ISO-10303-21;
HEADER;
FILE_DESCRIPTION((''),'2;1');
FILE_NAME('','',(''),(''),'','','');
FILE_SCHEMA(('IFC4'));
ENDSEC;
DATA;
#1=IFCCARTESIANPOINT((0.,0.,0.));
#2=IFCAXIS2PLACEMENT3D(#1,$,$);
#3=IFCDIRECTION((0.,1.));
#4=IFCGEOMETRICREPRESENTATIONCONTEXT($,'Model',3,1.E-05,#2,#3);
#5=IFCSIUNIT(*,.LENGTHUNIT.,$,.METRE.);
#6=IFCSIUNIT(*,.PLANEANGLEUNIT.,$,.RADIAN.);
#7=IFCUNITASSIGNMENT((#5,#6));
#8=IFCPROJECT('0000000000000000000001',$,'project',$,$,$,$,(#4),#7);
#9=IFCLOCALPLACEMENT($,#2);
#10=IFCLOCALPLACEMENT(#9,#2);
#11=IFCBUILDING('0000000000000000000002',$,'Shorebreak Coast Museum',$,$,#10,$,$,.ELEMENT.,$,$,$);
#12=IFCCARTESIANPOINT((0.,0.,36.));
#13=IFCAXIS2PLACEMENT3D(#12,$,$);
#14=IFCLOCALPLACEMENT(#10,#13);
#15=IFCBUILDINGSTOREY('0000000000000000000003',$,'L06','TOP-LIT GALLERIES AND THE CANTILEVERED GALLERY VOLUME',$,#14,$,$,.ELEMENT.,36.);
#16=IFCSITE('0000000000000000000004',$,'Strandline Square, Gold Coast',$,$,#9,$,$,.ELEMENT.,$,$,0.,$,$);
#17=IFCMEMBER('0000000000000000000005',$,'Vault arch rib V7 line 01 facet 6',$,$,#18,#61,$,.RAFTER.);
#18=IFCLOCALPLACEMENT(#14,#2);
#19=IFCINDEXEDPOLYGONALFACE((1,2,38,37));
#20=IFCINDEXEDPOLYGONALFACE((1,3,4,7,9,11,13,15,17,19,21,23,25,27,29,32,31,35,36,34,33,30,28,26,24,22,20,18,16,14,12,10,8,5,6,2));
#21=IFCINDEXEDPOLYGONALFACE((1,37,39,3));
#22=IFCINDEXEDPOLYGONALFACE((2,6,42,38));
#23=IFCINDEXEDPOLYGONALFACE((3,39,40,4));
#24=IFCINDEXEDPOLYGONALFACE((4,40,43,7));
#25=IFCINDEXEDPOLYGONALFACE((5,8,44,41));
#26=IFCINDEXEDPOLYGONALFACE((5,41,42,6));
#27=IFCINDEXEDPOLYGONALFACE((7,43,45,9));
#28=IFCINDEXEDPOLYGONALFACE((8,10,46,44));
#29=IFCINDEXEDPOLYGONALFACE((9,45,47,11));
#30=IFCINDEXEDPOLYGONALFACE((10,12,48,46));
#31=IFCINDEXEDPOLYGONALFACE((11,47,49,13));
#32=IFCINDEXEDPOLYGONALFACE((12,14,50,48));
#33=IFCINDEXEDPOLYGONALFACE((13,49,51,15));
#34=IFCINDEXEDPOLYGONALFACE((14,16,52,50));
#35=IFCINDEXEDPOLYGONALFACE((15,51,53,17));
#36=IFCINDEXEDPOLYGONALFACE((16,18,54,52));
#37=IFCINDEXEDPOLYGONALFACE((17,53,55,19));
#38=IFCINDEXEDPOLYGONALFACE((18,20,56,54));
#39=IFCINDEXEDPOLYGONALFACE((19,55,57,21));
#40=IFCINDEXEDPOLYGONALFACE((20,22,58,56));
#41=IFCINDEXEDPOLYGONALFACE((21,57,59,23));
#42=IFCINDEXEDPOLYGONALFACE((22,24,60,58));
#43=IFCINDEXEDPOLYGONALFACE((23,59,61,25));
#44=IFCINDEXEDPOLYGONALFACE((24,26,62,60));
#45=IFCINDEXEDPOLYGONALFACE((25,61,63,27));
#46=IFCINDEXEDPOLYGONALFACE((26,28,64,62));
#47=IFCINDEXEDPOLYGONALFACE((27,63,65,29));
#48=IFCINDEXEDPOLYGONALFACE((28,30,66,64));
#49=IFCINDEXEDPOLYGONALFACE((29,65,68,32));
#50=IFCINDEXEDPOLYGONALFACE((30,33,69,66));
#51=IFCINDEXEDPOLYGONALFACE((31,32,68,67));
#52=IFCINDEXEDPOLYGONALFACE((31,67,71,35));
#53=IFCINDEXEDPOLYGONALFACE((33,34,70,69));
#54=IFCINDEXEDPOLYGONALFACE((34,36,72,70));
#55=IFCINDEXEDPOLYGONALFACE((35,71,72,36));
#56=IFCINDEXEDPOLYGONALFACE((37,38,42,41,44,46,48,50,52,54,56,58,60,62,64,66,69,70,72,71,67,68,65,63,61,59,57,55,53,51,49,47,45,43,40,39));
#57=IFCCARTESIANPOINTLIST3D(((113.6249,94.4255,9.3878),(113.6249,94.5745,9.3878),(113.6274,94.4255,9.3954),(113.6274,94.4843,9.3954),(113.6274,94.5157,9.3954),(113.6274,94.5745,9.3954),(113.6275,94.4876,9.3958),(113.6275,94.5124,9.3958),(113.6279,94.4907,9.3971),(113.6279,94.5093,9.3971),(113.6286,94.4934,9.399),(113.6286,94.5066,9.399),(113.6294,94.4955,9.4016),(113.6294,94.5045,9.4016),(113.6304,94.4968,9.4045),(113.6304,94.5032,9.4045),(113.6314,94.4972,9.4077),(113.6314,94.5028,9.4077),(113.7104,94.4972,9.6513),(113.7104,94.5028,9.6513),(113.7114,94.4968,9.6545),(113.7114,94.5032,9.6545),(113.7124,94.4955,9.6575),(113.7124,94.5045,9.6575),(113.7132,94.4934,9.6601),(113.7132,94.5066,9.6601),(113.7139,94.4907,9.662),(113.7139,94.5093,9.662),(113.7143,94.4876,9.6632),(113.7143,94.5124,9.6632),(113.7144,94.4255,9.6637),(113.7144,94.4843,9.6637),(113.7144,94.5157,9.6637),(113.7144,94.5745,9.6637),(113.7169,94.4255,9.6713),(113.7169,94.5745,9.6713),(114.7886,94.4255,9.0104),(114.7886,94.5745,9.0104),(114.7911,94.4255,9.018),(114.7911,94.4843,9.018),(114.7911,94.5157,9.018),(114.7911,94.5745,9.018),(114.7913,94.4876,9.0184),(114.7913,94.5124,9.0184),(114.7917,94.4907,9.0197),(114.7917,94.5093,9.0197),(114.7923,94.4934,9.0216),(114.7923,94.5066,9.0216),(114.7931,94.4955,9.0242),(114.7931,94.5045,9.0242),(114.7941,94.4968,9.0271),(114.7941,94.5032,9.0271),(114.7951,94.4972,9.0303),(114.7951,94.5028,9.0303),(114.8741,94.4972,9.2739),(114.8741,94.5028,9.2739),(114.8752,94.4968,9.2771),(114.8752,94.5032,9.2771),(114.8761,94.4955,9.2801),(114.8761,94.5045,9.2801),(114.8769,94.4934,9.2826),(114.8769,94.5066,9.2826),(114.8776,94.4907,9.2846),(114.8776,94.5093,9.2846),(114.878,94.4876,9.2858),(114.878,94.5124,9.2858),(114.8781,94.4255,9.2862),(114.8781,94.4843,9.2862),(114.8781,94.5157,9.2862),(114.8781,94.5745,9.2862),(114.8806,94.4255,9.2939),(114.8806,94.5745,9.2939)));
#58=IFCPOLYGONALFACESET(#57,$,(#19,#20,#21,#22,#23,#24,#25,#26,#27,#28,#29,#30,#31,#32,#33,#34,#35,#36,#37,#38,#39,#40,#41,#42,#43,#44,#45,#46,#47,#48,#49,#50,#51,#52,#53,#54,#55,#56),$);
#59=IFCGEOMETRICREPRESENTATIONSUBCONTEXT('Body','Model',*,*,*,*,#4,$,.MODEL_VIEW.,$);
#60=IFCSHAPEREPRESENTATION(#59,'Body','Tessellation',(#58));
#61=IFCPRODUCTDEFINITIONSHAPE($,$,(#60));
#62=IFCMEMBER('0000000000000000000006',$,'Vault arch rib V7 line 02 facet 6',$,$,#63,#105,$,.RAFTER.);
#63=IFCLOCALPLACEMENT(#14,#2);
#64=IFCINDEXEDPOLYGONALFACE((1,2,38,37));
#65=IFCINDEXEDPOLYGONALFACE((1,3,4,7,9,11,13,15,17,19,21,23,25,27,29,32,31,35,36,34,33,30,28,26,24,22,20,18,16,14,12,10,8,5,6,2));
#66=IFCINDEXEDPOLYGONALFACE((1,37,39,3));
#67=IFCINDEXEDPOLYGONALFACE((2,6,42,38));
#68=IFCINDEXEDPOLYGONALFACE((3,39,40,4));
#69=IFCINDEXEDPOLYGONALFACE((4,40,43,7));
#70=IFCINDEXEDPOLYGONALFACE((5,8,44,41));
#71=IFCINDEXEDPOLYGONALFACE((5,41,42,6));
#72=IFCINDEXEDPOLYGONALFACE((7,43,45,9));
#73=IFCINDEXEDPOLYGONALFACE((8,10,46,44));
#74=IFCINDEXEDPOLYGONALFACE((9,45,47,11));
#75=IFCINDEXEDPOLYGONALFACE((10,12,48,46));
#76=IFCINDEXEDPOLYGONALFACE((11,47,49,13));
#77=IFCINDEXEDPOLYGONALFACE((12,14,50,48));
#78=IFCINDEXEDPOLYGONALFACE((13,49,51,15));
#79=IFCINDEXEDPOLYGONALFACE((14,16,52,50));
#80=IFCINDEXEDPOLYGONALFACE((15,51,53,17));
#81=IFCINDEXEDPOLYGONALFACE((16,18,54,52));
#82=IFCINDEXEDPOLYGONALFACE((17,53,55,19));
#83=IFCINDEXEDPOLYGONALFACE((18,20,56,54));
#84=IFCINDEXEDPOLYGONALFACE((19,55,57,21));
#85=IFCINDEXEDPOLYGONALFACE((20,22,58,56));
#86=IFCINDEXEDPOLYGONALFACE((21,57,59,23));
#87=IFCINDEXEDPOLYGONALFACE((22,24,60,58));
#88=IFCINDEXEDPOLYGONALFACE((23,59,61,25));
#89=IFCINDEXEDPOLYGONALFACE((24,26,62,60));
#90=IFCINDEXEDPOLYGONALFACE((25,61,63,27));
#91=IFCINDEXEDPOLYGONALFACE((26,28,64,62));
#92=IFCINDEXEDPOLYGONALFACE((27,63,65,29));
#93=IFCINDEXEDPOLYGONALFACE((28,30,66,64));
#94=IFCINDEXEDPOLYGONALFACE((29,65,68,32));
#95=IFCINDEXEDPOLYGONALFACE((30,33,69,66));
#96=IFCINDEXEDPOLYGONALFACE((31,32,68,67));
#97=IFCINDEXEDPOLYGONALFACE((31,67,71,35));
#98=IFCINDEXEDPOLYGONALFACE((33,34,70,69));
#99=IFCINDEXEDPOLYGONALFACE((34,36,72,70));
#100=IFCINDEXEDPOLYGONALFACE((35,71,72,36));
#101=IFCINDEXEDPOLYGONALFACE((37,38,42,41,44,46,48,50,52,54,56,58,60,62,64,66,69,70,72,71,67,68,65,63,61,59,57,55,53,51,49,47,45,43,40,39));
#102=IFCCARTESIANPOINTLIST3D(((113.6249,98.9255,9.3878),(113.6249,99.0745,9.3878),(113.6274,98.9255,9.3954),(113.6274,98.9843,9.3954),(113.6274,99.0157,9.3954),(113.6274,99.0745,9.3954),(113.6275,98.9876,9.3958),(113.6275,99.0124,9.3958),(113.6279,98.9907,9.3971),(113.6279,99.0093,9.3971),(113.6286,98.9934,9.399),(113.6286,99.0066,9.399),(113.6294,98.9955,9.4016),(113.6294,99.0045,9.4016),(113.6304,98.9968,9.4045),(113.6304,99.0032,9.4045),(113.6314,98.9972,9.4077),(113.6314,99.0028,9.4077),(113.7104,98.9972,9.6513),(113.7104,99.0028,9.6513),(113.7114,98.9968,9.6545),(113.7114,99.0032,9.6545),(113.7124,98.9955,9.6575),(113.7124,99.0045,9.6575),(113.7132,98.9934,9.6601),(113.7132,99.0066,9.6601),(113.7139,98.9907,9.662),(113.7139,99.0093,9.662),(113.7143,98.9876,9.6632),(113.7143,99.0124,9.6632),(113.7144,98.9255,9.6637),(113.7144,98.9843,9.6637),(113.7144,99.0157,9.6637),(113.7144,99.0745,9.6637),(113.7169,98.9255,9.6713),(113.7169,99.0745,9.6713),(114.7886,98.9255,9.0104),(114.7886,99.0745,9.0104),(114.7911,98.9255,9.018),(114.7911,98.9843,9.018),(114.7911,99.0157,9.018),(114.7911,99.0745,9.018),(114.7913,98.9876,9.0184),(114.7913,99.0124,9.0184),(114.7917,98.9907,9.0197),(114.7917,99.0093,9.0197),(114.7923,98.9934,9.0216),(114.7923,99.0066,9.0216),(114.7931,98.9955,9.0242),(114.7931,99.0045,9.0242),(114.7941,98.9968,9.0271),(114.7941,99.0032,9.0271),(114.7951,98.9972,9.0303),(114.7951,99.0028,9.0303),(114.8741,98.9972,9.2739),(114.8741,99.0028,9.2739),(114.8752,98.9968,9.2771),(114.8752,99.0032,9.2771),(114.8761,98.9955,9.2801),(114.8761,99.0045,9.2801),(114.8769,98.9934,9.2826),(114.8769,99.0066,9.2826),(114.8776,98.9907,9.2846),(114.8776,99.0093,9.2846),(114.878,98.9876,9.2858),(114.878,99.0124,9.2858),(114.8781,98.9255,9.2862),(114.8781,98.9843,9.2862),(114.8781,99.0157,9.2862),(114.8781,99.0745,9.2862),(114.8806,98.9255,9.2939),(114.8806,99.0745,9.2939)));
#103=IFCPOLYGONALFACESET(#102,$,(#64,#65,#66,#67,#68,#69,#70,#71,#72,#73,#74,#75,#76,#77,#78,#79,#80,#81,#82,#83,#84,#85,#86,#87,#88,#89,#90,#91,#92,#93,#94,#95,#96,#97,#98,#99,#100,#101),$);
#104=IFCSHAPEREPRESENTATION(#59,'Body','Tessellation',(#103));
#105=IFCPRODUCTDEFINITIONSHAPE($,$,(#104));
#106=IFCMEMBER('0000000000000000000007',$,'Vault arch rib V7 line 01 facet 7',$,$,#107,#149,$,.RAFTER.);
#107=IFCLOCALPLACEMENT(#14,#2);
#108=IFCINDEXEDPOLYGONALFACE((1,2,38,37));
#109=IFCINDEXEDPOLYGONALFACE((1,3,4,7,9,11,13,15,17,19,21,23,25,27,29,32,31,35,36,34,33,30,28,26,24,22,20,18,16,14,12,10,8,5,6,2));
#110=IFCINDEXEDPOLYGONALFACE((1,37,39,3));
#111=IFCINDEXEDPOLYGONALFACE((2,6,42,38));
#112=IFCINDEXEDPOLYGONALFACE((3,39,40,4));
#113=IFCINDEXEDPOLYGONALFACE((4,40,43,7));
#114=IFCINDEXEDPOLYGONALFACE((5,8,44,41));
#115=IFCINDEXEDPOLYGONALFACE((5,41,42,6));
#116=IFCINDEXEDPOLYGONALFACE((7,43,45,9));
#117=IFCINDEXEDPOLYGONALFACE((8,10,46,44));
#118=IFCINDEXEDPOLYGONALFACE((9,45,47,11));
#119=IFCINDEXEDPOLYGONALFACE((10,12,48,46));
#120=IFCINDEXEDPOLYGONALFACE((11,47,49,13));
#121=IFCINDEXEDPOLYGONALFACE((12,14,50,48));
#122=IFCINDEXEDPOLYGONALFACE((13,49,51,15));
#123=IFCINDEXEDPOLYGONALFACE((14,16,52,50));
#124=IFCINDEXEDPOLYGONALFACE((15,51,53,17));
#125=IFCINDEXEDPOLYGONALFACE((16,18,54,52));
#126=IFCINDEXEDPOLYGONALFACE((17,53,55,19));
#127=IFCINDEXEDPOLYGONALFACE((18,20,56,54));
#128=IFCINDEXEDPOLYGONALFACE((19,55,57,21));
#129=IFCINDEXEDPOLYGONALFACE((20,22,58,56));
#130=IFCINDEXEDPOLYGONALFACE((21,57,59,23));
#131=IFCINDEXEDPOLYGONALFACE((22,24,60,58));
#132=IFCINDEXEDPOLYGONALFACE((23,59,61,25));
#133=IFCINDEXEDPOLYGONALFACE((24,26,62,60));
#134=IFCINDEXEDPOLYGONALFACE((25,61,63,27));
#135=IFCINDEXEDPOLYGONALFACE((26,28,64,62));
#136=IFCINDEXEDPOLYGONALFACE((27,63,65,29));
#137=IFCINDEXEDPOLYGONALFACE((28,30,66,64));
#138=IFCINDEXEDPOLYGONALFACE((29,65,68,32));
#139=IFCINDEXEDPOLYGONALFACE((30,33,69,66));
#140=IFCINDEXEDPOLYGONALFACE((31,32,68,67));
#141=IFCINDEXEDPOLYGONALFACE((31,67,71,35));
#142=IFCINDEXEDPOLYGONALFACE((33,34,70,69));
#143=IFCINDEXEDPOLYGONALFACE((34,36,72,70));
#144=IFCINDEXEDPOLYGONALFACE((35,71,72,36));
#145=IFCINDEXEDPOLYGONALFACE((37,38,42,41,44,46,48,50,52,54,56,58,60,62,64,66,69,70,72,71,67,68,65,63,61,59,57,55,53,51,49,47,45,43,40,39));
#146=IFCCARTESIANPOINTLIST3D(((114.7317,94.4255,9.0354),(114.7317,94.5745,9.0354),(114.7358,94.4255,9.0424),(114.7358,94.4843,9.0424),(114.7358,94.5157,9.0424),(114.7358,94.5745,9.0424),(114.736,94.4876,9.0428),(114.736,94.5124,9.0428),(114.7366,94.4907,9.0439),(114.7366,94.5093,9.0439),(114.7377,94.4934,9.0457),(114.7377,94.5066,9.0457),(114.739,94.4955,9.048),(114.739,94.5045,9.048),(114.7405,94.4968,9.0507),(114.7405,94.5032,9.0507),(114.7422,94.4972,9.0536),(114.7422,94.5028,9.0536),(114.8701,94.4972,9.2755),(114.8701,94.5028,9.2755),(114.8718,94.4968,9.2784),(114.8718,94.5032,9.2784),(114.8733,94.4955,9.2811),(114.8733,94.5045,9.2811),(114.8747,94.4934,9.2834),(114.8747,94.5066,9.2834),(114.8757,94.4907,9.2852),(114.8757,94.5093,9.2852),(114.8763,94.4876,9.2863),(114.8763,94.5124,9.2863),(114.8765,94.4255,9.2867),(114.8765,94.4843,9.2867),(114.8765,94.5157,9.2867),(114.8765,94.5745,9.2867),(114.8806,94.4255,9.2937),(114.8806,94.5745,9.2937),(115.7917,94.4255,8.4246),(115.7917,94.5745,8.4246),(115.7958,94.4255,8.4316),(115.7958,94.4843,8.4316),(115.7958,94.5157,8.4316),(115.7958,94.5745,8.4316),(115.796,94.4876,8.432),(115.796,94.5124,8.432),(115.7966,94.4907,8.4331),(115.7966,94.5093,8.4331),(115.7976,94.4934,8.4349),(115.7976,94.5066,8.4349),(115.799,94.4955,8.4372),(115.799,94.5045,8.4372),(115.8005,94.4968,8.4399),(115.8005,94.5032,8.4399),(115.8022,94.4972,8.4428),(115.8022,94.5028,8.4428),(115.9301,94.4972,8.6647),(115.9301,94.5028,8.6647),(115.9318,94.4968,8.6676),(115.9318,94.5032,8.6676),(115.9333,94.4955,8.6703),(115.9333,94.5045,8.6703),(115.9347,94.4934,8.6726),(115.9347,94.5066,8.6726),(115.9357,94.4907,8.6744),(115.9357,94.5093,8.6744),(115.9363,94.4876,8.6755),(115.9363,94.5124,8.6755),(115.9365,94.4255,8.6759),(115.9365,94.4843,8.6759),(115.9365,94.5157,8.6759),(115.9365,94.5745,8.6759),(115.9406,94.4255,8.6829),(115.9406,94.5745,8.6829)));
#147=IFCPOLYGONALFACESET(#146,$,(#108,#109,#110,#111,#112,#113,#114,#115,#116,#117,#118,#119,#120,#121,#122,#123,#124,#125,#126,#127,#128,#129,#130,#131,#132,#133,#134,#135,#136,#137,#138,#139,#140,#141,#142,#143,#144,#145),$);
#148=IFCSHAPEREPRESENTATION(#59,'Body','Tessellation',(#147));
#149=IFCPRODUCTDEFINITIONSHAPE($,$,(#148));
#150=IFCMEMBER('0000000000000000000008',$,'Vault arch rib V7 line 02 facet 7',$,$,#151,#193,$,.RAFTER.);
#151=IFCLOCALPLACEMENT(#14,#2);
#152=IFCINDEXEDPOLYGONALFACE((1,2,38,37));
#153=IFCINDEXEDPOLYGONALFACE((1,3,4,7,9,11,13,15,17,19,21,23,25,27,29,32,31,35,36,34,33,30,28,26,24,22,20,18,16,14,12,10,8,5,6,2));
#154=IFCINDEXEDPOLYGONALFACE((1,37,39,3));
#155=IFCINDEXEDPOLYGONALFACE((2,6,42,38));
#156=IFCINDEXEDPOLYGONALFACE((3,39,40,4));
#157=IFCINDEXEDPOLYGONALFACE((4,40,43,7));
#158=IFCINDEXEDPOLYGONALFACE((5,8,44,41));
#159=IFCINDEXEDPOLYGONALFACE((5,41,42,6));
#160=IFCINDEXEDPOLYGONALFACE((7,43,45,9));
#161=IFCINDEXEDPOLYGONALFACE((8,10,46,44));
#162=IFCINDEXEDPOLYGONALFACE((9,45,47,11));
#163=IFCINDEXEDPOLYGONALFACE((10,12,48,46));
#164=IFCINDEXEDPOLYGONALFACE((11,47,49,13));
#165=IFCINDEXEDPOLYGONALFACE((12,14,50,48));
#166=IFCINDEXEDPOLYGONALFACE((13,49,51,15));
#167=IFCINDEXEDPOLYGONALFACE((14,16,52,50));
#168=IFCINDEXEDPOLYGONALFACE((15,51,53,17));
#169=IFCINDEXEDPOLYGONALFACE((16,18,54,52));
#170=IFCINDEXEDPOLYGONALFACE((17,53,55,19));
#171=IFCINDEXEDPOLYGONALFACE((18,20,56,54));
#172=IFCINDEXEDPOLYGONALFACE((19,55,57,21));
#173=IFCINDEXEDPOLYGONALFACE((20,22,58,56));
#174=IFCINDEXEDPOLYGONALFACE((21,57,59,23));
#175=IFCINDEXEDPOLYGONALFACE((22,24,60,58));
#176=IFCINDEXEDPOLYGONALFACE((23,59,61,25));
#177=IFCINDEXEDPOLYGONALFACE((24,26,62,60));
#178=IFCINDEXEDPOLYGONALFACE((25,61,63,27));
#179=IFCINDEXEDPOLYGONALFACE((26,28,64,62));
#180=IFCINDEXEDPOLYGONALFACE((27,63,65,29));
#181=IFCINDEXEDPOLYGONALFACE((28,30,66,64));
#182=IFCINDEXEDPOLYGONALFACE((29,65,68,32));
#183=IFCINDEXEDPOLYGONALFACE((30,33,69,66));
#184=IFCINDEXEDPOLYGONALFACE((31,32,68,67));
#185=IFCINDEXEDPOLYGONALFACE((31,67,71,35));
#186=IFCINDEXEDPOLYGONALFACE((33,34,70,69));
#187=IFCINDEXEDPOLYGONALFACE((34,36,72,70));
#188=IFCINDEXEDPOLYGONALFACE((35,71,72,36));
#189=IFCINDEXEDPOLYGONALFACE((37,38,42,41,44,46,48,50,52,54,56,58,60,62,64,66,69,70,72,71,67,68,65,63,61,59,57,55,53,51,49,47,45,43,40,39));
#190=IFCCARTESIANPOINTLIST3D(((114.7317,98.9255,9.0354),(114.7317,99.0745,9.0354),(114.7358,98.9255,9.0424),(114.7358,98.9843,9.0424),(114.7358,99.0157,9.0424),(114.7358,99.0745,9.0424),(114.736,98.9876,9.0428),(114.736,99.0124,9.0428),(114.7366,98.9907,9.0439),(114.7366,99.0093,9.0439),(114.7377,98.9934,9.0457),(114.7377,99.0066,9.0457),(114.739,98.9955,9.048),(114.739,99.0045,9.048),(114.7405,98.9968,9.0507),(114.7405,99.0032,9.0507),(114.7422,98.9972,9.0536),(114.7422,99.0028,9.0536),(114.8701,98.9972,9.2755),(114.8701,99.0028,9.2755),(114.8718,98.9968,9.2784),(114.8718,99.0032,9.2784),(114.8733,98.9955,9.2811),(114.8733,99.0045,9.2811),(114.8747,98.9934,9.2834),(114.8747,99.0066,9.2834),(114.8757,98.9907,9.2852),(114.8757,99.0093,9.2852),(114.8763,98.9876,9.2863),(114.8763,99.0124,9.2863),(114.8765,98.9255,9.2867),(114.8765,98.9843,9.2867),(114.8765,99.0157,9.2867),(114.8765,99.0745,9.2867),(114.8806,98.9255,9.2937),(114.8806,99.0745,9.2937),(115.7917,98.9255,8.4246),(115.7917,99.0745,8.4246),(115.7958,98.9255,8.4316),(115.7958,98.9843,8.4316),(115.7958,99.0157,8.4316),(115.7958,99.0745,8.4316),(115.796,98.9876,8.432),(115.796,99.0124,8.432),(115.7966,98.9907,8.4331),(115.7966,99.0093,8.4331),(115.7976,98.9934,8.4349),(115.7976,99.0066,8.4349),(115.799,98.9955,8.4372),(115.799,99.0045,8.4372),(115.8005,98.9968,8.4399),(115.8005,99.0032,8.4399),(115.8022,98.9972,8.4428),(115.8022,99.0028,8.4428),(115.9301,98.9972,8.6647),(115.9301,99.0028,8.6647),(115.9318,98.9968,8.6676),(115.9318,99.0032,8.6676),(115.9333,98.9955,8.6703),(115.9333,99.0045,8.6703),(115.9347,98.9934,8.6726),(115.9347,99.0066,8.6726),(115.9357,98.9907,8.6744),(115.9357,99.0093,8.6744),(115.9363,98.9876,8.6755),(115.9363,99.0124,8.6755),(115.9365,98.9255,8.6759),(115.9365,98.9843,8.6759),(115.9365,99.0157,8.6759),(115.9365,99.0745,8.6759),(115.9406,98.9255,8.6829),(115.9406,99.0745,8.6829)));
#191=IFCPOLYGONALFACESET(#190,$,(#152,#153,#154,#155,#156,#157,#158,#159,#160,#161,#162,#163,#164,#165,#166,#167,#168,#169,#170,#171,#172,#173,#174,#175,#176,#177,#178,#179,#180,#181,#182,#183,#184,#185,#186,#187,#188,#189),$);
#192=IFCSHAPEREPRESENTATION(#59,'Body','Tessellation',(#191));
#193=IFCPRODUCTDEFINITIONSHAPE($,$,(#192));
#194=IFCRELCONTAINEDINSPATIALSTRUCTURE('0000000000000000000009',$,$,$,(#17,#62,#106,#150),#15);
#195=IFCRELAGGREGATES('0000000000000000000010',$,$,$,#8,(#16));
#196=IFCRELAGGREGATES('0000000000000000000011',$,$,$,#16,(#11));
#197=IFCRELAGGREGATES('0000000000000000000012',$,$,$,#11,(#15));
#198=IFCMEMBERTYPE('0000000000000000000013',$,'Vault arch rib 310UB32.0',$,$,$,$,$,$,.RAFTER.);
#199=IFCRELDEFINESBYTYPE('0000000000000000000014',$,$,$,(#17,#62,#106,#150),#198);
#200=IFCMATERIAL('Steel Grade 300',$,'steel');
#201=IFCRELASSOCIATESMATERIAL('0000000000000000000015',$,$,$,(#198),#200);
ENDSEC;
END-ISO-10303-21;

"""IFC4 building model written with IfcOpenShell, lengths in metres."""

from ifc_helpers import new_model, si_unit, direction, frame, origin, origin_2d, place, context, subcontext, project, spatial, i_section, extrude, material, material_profile, profile_set, type_object, element, save


model = new_model("IFC4")

# Units and contexts
model_context = context("Model", 3, precision=1e-05, world=origin(), true_north=direction((0.0, 1.0)))
body_context = subcontext(model_context, "Body", "Model", "MODEL_VIEW")
ifc_project = project(units=[si_unit("LENGTHUNIT", "METRE"), si_unit("PLANEANGLEUNIT", "RADIAN")], contexts=[model_context])

# Site, building, storey
site_placement = place(None, origin())
site = spatial("IfcSite", under=ifc_project, at=site_placement, Name="Strandline Square, Gold Coast", CompositionType="ELEMENT", RefElevation=0.0)
building_placement = place(site_placement, origin())
building = spatial("IfcBuilding", under=site, at=building_placement, Name="Shorebreak Coast Museum", CompositionType="ELEMENT")
storey_placement = place(building_placement, frame((0.0, 0.0, 36.0)))
storey = spatial("IfcBuildingStorey", under=building, at=storey_placement, Name="L06", Description="TOP-LIT GALLERIES AND THE CANTILEVERED GALLERY VOLUME", CompositionType="ELEMENT", Elevation=36.0)

# Members
ifc_material_1 = material(Name="Steel Grade 300", Category="steel")
ifc_material_profile_1 = material_profile(ifc_material_1, i_section(OverallWidth=0.1489, OverallDepth=0.2981, WebThickness=0.0056, FlangeThickness=0.0081, FilletRadius=0.0129, at=origin_2d()), Name="310UB32.0")
ifc_profile_set_1 = profile_set([ifc_material_profile_1], Name="Steel Grade 300")
member_type_1 = type_object("IfcMemberType", Name="Vault arch rib 310UB32.0", PredefinedType="RAFTER", material=ifc_profile_set_1)
for number, where, z_axis, x_axis, name in (
    (1, (113.6709, 94.5, 9.5295), (0.951226, 0.0, -0.308495), (0.0, 1.0, 0.0), "Vault arch rib V7 line 01 facet 6"),
    (2, (113.6709, 99.0, 9.5295), (0.951226, 0.0, -0.308495), (0.0, 1.0, 0.0), "Vault arch rib V7 line 02 facet 6"),
    (3, (114.8062, 94.5, 9.1646), (0.866445, 0.0, -0.499273), (0.0, 1.0, 0.0), "Vault arch rib V7 line 01 facet 7"),
    (4, (114.8062, 99.0, 9.1646), (0.866445, 0.0, -0.499273), (0.0, 1.0, 0.0), "Vault arch rib V7 line 02 facet 7"),
):
    element("IfcMember", number, at=place(storey_placement, frame(where, z_axis=z_axis, x_axis=x_axis)), inside=storey, type_object=member_type_1, Name=name, PredefinedType="RAFTER", context=body_context, shape_type="SweptSolid", body=[
        extrude(i_section(OverallWidth=0.1489, OverallDepth=0.2981, WebThickness=0.0056, FlangeThickness=0.0081, FilletRadius=0.0129, at=origin_2d()), origin(), (0.0, 0.0, 1.0), 1.2234),
    ])

save(model, "model.ifc")
